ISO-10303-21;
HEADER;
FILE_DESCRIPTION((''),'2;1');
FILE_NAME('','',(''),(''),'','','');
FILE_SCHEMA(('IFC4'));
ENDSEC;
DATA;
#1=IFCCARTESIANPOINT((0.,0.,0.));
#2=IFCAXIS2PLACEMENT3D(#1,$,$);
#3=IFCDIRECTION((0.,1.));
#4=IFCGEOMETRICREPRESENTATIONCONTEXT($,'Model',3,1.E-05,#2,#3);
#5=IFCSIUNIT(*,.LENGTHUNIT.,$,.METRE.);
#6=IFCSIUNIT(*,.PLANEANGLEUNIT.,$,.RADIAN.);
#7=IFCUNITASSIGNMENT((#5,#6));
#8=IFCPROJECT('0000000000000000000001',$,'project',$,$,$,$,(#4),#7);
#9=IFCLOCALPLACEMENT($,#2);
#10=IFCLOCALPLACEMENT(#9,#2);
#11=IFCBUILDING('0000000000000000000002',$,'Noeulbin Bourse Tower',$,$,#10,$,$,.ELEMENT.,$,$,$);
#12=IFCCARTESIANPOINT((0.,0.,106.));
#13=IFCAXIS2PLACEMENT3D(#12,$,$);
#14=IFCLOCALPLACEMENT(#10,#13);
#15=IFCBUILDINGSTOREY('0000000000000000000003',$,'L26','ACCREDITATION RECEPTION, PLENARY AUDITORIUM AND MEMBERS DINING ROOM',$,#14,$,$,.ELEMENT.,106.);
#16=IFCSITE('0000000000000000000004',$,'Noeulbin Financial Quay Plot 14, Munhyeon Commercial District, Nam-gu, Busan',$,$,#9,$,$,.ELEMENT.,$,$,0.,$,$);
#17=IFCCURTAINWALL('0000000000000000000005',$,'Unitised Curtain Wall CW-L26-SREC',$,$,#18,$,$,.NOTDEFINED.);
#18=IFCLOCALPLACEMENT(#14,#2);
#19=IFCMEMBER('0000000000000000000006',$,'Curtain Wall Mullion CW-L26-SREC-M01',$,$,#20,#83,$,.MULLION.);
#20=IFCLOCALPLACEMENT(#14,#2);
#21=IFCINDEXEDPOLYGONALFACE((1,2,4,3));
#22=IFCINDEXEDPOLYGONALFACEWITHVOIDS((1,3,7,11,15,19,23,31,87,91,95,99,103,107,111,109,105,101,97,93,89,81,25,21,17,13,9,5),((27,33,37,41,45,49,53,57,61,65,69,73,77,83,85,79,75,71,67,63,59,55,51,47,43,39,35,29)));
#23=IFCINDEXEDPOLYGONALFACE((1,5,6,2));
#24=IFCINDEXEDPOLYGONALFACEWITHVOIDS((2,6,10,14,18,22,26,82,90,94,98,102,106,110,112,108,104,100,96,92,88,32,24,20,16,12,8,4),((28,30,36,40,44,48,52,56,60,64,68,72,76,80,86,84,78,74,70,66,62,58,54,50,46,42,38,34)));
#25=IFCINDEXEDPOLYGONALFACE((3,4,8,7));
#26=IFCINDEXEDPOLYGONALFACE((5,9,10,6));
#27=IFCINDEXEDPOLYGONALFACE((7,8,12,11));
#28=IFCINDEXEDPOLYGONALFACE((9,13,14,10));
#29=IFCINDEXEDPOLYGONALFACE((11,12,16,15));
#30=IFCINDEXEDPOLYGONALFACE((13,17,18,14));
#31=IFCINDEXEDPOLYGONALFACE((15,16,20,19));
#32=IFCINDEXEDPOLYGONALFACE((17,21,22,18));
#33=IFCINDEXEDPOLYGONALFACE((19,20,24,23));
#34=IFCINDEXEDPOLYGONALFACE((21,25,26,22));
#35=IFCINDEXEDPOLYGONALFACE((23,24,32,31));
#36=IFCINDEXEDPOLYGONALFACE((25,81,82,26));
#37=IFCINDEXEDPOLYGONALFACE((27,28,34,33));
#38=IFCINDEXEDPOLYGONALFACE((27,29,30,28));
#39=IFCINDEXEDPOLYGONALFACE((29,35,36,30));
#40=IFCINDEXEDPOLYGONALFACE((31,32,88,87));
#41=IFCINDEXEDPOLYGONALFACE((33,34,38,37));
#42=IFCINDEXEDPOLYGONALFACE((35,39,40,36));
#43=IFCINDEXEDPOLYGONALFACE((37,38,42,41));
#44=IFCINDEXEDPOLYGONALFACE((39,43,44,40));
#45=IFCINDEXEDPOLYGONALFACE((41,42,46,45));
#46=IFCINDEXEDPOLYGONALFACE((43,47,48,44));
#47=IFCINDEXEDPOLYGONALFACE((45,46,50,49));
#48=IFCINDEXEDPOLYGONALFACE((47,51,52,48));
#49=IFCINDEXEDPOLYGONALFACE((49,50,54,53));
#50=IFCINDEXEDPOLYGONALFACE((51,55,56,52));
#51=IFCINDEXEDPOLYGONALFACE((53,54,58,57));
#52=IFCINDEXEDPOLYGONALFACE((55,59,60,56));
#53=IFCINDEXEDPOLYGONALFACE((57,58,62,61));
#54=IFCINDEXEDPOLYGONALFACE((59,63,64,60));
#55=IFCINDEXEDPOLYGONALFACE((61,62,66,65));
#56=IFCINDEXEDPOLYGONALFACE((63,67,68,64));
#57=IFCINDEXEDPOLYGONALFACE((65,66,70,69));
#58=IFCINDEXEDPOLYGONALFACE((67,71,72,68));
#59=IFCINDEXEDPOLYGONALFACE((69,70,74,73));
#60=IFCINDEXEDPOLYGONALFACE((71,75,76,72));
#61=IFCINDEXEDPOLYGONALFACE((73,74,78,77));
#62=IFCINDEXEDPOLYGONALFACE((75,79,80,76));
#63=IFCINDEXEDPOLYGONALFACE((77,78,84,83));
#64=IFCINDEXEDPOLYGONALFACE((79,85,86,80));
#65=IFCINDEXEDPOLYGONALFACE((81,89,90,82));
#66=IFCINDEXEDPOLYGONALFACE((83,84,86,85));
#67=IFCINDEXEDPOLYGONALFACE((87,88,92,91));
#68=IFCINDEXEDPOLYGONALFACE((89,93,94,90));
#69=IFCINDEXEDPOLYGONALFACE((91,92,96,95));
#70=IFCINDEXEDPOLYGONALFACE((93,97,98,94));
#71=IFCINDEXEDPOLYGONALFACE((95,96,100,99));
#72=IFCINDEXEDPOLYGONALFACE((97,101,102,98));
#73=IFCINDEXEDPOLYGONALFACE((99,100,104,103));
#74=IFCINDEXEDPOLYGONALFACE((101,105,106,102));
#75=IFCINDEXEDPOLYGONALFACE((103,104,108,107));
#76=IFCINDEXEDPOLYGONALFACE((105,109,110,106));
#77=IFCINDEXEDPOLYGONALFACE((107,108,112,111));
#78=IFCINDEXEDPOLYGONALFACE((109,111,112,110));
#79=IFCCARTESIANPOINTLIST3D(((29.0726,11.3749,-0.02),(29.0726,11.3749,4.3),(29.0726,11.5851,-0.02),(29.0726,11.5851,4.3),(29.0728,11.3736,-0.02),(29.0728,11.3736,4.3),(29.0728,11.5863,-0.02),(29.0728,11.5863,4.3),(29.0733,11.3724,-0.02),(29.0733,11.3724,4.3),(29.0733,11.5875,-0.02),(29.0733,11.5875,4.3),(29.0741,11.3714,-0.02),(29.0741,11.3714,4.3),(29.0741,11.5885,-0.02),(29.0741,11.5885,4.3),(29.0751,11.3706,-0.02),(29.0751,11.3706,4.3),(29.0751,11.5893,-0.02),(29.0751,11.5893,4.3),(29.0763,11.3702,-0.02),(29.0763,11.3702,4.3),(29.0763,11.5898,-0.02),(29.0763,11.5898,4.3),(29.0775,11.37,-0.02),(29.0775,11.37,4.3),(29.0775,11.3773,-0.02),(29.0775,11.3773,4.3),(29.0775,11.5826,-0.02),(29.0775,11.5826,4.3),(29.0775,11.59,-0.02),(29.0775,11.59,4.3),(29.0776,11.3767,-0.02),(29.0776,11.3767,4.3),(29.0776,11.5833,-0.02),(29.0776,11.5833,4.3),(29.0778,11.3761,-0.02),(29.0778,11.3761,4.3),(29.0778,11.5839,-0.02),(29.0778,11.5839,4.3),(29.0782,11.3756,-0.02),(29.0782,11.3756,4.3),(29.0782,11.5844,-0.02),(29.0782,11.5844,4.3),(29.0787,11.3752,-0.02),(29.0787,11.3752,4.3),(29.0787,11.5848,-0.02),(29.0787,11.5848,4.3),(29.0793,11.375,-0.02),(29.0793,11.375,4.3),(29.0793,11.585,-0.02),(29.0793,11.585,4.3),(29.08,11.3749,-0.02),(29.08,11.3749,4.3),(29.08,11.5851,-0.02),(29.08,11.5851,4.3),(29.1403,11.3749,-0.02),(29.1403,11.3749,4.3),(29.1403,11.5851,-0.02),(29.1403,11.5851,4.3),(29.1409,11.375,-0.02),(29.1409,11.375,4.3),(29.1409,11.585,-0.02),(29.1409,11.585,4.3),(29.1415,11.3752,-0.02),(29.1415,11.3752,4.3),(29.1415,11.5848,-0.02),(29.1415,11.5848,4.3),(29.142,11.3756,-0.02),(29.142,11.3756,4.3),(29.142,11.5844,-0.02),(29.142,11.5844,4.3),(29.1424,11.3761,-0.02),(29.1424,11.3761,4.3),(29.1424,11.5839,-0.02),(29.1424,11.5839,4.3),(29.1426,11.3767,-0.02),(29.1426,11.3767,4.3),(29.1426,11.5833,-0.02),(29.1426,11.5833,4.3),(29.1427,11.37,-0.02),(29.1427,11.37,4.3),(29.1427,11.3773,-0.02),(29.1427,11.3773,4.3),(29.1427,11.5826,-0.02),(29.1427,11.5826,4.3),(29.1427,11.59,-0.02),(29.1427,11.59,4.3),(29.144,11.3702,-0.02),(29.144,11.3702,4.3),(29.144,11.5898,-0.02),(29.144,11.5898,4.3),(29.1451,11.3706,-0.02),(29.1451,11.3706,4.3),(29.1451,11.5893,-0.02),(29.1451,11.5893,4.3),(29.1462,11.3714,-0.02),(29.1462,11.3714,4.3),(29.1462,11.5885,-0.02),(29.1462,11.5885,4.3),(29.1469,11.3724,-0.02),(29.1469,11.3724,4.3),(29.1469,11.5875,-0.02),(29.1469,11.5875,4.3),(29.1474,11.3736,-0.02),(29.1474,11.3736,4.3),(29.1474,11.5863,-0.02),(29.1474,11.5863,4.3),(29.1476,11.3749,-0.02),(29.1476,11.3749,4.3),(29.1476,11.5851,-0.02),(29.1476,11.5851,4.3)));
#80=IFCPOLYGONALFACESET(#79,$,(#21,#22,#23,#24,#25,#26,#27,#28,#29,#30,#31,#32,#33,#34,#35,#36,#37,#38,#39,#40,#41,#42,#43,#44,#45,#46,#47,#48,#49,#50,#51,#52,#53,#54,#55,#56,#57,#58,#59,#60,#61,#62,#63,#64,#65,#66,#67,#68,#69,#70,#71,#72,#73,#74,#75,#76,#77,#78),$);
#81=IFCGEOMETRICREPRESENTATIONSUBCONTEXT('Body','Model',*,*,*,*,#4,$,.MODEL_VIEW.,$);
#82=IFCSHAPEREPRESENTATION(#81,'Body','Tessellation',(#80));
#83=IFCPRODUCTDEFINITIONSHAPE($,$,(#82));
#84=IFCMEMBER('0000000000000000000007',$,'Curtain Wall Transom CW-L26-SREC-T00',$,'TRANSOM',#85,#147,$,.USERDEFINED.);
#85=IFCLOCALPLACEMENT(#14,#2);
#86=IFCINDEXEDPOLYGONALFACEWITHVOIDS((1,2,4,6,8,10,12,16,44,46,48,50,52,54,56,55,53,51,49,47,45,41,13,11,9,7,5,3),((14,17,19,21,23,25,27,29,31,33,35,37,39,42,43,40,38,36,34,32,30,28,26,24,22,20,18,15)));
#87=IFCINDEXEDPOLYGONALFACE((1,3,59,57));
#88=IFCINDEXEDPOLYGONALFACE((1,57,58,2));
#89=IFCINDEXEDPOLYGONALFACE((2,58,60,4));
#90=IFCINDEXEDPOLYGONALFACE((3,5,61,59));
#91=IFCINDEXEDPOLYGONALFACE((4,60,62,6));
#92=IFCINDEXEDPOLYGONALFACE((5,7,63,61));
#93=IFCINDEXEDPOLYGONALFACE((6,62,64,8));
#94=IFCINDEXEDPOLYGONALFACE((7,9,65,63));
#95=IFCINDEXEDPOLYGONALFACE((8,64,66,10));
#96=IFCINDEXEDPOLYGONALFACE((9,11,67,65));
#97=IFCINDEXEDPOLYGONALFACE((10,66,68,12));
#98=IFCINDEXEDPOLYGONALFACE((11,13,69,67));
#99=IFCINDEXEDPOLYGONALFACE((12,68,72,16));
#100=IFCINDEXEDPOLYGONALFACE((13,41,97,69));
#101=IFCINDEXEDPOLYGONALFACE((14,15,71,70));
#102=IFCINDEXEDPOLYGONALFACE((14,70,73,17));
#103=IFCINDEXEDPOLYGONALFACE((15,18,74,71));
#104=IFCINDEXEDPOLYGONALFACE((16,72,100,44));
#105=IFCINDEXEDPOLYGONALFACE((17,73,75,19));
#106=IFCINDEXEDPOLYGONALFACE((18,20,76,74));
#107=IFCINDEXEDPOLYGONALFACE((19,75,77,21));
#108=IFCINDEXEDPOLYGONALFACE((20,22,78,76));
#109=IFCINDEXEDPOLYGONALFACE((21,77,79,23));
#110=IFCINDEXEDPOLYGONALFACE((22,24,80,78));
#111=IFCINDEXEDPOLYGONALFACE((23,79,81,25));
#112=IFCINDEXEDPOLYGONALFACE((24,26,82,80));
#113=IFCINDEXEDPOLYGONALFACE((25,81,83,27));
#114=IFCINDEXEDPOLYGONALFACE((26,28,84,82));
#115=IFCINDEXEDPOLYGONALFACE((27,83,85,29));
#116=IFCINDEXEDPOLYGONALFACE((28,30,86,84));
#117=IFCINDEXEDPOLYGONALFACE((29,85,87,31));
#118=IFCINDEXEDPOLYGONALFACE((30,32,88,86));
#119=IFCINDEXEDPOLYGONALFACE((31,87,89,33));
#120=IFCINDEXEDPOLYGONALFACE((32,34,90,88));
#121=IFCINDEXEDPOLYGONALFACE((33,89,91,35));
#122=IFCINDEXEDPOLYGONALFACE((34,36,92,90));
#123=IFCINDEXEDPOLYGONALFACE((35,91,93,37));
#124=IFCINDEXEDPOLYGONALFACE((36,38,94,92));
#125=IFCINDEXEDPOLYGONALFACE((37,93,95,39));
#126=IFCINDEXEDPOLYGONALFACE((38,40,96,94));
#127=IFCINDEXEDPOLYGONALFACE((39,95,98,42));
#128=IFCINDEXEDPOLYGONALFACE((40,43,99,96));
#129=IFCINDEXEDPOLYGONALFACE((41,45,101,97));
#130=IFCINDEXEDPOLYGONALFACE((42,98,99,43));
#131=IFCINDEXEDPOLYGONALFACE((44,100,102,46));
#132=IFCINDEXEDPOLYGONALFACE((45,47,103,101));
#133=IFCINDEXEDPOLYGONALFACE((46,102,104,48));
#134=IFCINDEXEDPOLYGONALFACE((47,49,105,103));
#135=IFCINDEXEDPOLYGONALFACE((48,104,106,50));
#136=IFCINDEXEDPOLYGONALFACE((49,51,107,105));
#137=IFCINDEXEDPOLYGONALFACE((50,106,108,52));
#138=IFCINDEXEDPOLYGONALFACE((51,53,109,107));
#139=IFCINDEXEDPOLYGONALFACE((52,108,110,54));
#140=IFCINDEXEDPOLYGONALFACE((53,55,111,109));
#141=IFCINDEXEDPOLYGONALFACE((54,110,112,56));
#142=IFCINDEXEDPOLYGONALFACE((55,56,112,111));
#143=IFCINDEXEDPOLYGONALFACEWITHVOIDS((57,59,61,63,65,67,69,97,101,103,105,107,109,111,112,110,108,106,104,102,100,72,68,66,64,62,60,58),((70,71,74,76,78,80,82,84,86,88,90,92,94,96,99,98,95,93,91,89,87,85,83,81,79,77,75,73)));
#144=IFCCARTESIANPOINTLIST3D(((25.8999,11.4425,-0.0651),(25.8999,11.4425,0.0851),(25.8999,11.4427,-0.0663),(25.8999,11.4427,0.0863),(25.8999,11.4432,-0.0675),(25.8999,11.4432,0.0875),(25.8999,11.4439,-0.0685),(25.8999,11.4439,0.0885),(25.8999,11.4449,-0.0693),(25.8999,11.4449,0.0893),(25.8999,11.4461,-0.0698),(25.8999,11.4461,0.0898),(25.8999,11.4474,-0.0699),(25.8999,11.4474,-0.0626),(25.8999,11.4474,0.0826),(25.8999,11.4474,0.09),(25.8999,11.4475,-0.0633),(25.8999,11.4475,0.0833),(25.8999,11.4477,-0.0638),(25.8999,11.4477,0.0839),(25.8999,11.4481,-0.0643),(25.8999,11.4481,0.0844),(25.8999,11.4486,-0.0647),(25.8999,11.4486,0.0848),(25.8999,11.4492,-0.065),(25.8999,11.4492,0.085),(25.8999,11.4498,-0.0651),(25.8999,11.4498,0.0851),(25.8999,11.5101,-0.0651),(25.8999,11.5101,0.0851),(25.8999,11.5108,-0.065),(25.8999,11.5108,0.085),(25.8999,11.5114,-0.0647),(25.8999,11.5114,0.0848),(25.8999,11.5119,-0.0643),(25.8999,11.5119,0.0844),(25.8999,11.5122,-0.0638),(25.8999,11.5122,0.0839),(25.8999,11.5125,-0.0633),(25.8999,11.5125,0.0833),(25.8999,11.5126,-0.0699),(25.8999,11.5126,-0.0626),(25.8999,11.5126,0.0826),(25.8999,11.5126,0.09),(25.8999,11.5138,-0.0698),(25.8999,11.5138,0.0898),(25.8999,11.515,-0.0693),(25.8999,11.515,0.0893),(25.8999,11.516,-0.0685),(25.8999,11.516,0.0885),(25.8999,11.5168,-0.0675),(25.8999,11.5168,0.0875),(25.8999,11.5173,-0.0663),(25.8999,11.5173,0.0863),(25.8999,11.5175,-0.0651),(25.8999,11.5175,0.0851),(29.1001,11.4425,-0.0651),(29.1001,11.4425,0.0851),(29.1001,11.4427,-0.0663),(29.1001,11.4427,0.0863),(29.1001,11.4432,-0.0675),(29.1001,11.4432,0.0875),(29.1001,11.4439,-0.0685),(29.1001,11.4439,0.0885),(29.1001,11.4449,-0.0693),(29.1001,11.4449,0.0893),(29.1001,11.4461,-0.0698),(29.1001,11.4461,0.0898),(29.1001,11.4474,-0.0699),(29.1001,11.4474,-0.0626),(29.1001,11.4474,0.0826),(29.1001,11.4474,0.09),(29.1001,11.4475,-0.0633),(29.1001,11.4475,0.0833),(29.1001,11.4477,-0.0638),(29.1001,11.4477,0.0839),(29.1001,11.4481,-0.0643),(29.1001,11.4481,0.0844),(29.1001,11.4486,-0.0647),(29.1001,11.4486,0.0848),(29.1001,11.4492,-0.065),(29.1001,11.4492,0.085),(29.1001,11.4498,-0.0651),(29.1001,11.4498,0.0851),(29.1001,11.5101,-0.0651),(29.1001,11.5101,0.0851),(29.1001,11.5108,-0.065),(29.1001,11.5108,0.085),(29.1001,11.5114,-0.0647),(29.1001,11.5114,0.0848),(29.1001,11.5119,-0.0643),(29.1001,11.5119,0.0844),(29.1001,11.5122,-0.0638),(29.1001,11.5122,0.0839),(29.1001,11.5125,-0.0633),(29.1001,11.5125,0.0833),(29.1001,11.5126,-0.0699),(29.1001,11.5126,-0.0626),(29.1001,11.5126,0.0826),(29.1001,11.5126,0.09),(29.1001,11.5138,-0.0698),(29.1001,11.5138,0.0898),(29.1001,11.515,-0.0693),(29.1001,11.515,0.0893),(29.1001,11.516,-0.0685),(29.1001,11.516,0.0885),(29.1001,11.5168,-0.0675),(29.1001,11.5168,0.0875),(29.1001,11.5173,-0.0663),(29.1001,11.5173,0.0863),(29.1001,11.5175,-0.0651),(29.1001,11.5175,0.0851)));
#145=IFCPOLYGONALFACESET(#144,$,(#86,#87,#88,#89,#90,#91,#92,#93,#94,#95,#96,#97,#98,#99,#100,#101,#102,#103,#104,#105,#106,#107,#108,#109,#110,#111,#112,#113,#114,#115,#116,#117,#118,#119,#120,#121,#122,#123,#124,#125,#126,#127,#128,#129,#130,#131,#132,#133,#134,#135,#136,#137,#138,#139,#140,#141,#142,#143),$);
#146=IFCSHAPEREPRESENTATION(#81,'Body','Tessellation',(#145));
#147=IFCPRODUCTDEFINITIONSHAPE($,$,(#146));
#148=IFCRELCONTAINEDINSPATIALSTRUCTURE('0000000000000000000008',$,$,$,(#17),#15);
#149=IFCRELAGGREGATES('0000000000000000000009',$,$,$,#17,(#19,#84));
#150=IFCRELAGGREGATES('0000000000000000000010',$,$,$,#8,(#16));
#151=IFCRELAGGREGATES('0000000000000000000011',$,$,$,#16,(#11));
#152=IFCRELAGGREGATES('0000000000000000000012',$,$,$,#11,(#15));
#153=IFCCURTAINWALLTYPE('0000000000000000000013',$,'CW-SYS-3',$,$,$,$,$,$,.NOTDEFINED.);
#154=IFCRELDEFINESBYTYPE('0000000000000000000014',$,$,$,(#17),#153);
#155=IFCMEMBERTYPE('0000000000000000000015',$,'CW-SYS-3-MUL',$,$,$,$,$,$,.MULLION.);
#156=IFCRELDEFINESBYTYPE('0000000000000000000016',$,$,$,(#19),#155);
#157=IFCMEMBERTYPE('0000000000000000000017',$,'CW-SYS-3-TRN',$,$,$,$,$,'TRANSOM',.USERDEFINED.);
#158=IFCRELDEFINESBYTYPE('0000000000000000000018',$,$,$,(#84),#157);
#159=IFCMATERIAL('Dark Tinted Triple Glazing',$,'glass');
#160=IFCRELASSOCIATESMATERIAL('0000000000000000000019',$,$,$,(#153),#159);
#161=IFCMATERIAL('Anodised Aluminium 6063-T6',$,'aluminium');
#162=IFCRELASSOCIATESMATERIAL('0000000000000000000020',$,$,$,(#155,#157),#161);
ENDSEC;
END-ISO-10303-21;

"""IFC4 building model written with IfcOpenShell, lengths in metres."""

from ifc_helpers import new_model, si_unit, direction, frame, origin, origin_2d, place, context, subcontext, project, spatial, hollow_rectangle, extrude, material, material_profile, profile_set, type_object, element, aggregate, save


model = new_model("IFC4")

# Units and contexts
model_context = context("Model", 3, precision=1e-05, world=origin(), true_north=direction((0.0, 1.0)))
body_context = subcontext(model_context, "Body", "Model", "MODEL_VIEW")
ifc_project = project(units=[si_unit("LENGTHUNIT", "METRE"), si_unit("PLANEANGLEUNIT", "RADIAN")], contexts=[model_context])

# Site, building, storey
site_placement = place(None, origin())
site = spatial("IfcSite", under=ifc_project, at=site_placement, Name="Noeulbin Financial Quay Plot 14, Munhyeon Commercial District, Nam-gu, Busan", CompositionType="ELEMENT", RefElevation=0.0)
building_placement = place(site_placement, origin())
building = spatial("IfcBuilding", under=site, at=building_placement, Name="Noeulbin Bourse Tower", CompositionType="ELEMENT")
storey_placement = place(building_placement, frame((0.0, 0.0, 106.0)))
storey = spatial("IfcBuildingStorey", under=building, at=storey_placement, Name="L26", Description="ACCREDITATION RECEPTION, PLENARY AUDITORIUM AND MEMBERS DINING ROOM", CompositionType="ELEMENT", Elevation=106.0)

# Curtain wall, members
ifc_material_1 = material(Name="Dark Tinted Triple Glazing", Category="glass")
curtain_wall_type = type_object("IfcCurtainWallType", Name="CW-SYS-3", PredefinedType="NOTDEFINED", material=ifc_material_1)
curtain_wall_placement = place(storey_placement, origin())
curtain_wall = element("IfcCurtainWall", 1, at=curtain_wall_placement, inside=storey, type_object=curtain_wall_type, Name="Unitised Curtain Wall CW-L26-SREC", PredefinedType="NOTDEFINED")
ifc_material_2 = material(Name="Anodised Aluminium 6063-T6", Category="aluminium")
ifc_material_profile_1 = material_profile(ifc_material_2, hollow_rectangle(XDim=0.075, YDim=0.22, WallThickness=0.0049, InnerFilletRadius=0.0024, OuterFilletRadius=0.0049, at=origin_2d()), Name="ALU-MULL-75x220x5", Category="LoadBearing")
ifc_profile_set_1 = profile_set([ifc_material_profile_1], Name="Anodised Aluminium 6063-T6")
member_type_1 = type_object("IfcMemberType", Name="CW-SYS-3-MUL", PredefinedType="MULLION", material=ifc_profile_set_1)
member_1_placement = place(storey_placement, frame((29.1101, 11.48, -0.02), z_axis=(0.0, 0.0, 1.0), x_axis=(1.0, 0.0, 0.0)))
member_1 = element("IfcMember", 2, at=member_1_placement, type_object=member_type_1, Name="Curtain Wall Mullion CW-L26-SREC-M01", PredefinedType="MULLION", context=body_context, shape_type="SweptSolid", body=[
    extrude(hollow_rectangle(XDim=0.075, YDim=0.22, WallThickness=0.0049, InnerFilletRadius=0.0024, OuterFilletRadius=0.0049, at=origin_2d()), origin(), (0.0, 0.0, 1.0), 4.3201),
])
ifc_material_profile_2 = material_profile(ifc_material_2, hollow_rectangle(XDim=0.075, YDim=0.1599, WallThickness=0.0049, InnerFilletRadius=0.0024, OuterFilletRadius=0.0049, at=origin_2d()), Name="ALU-TRAN-75x160x5", Category="LoadBearing")
ifc_profile_set_2 = profile_set([ifc_material_profile_2], Name="Anodised Aluminium 6063-T6")
member_type_2 = type_object("IfcMemberType", Name="CW-SYS-3-TRN", ElementType="TRANSOM", PredefinedType="USERDEFINED", material=ifc_profile_set_2)
member_2_placement = place(storey_placement, frame((25.8999, 11.48, 0.01), z_axis=(1.0, 0.0, 0.0), x_axis=(0.0, 1.0, 0.0)))
member_2 = element("IfcMember", 3, at=member_2_placement, type_object=member_type_2, Name="Curtain Wall Transom CW-L26-SREC-T00", ObjectType="TRANSOM", PredefinedType="USERDEFINED", context=body_context, shape_type="SweptSolid", body=[
    extrude(hollow_rectangle(XDim=0.075, YDim=0.1599, WallThickness=0.0049, InnerFilletRadius=0.0024, OuterFilletRadius=0.0049, at=origin_2d()), origin(), (0.0, 0.0, 1.0), 3.2002),
])
aggregate(curtain_wall, [member_1, member_2])

save(model, "model.ifc")
